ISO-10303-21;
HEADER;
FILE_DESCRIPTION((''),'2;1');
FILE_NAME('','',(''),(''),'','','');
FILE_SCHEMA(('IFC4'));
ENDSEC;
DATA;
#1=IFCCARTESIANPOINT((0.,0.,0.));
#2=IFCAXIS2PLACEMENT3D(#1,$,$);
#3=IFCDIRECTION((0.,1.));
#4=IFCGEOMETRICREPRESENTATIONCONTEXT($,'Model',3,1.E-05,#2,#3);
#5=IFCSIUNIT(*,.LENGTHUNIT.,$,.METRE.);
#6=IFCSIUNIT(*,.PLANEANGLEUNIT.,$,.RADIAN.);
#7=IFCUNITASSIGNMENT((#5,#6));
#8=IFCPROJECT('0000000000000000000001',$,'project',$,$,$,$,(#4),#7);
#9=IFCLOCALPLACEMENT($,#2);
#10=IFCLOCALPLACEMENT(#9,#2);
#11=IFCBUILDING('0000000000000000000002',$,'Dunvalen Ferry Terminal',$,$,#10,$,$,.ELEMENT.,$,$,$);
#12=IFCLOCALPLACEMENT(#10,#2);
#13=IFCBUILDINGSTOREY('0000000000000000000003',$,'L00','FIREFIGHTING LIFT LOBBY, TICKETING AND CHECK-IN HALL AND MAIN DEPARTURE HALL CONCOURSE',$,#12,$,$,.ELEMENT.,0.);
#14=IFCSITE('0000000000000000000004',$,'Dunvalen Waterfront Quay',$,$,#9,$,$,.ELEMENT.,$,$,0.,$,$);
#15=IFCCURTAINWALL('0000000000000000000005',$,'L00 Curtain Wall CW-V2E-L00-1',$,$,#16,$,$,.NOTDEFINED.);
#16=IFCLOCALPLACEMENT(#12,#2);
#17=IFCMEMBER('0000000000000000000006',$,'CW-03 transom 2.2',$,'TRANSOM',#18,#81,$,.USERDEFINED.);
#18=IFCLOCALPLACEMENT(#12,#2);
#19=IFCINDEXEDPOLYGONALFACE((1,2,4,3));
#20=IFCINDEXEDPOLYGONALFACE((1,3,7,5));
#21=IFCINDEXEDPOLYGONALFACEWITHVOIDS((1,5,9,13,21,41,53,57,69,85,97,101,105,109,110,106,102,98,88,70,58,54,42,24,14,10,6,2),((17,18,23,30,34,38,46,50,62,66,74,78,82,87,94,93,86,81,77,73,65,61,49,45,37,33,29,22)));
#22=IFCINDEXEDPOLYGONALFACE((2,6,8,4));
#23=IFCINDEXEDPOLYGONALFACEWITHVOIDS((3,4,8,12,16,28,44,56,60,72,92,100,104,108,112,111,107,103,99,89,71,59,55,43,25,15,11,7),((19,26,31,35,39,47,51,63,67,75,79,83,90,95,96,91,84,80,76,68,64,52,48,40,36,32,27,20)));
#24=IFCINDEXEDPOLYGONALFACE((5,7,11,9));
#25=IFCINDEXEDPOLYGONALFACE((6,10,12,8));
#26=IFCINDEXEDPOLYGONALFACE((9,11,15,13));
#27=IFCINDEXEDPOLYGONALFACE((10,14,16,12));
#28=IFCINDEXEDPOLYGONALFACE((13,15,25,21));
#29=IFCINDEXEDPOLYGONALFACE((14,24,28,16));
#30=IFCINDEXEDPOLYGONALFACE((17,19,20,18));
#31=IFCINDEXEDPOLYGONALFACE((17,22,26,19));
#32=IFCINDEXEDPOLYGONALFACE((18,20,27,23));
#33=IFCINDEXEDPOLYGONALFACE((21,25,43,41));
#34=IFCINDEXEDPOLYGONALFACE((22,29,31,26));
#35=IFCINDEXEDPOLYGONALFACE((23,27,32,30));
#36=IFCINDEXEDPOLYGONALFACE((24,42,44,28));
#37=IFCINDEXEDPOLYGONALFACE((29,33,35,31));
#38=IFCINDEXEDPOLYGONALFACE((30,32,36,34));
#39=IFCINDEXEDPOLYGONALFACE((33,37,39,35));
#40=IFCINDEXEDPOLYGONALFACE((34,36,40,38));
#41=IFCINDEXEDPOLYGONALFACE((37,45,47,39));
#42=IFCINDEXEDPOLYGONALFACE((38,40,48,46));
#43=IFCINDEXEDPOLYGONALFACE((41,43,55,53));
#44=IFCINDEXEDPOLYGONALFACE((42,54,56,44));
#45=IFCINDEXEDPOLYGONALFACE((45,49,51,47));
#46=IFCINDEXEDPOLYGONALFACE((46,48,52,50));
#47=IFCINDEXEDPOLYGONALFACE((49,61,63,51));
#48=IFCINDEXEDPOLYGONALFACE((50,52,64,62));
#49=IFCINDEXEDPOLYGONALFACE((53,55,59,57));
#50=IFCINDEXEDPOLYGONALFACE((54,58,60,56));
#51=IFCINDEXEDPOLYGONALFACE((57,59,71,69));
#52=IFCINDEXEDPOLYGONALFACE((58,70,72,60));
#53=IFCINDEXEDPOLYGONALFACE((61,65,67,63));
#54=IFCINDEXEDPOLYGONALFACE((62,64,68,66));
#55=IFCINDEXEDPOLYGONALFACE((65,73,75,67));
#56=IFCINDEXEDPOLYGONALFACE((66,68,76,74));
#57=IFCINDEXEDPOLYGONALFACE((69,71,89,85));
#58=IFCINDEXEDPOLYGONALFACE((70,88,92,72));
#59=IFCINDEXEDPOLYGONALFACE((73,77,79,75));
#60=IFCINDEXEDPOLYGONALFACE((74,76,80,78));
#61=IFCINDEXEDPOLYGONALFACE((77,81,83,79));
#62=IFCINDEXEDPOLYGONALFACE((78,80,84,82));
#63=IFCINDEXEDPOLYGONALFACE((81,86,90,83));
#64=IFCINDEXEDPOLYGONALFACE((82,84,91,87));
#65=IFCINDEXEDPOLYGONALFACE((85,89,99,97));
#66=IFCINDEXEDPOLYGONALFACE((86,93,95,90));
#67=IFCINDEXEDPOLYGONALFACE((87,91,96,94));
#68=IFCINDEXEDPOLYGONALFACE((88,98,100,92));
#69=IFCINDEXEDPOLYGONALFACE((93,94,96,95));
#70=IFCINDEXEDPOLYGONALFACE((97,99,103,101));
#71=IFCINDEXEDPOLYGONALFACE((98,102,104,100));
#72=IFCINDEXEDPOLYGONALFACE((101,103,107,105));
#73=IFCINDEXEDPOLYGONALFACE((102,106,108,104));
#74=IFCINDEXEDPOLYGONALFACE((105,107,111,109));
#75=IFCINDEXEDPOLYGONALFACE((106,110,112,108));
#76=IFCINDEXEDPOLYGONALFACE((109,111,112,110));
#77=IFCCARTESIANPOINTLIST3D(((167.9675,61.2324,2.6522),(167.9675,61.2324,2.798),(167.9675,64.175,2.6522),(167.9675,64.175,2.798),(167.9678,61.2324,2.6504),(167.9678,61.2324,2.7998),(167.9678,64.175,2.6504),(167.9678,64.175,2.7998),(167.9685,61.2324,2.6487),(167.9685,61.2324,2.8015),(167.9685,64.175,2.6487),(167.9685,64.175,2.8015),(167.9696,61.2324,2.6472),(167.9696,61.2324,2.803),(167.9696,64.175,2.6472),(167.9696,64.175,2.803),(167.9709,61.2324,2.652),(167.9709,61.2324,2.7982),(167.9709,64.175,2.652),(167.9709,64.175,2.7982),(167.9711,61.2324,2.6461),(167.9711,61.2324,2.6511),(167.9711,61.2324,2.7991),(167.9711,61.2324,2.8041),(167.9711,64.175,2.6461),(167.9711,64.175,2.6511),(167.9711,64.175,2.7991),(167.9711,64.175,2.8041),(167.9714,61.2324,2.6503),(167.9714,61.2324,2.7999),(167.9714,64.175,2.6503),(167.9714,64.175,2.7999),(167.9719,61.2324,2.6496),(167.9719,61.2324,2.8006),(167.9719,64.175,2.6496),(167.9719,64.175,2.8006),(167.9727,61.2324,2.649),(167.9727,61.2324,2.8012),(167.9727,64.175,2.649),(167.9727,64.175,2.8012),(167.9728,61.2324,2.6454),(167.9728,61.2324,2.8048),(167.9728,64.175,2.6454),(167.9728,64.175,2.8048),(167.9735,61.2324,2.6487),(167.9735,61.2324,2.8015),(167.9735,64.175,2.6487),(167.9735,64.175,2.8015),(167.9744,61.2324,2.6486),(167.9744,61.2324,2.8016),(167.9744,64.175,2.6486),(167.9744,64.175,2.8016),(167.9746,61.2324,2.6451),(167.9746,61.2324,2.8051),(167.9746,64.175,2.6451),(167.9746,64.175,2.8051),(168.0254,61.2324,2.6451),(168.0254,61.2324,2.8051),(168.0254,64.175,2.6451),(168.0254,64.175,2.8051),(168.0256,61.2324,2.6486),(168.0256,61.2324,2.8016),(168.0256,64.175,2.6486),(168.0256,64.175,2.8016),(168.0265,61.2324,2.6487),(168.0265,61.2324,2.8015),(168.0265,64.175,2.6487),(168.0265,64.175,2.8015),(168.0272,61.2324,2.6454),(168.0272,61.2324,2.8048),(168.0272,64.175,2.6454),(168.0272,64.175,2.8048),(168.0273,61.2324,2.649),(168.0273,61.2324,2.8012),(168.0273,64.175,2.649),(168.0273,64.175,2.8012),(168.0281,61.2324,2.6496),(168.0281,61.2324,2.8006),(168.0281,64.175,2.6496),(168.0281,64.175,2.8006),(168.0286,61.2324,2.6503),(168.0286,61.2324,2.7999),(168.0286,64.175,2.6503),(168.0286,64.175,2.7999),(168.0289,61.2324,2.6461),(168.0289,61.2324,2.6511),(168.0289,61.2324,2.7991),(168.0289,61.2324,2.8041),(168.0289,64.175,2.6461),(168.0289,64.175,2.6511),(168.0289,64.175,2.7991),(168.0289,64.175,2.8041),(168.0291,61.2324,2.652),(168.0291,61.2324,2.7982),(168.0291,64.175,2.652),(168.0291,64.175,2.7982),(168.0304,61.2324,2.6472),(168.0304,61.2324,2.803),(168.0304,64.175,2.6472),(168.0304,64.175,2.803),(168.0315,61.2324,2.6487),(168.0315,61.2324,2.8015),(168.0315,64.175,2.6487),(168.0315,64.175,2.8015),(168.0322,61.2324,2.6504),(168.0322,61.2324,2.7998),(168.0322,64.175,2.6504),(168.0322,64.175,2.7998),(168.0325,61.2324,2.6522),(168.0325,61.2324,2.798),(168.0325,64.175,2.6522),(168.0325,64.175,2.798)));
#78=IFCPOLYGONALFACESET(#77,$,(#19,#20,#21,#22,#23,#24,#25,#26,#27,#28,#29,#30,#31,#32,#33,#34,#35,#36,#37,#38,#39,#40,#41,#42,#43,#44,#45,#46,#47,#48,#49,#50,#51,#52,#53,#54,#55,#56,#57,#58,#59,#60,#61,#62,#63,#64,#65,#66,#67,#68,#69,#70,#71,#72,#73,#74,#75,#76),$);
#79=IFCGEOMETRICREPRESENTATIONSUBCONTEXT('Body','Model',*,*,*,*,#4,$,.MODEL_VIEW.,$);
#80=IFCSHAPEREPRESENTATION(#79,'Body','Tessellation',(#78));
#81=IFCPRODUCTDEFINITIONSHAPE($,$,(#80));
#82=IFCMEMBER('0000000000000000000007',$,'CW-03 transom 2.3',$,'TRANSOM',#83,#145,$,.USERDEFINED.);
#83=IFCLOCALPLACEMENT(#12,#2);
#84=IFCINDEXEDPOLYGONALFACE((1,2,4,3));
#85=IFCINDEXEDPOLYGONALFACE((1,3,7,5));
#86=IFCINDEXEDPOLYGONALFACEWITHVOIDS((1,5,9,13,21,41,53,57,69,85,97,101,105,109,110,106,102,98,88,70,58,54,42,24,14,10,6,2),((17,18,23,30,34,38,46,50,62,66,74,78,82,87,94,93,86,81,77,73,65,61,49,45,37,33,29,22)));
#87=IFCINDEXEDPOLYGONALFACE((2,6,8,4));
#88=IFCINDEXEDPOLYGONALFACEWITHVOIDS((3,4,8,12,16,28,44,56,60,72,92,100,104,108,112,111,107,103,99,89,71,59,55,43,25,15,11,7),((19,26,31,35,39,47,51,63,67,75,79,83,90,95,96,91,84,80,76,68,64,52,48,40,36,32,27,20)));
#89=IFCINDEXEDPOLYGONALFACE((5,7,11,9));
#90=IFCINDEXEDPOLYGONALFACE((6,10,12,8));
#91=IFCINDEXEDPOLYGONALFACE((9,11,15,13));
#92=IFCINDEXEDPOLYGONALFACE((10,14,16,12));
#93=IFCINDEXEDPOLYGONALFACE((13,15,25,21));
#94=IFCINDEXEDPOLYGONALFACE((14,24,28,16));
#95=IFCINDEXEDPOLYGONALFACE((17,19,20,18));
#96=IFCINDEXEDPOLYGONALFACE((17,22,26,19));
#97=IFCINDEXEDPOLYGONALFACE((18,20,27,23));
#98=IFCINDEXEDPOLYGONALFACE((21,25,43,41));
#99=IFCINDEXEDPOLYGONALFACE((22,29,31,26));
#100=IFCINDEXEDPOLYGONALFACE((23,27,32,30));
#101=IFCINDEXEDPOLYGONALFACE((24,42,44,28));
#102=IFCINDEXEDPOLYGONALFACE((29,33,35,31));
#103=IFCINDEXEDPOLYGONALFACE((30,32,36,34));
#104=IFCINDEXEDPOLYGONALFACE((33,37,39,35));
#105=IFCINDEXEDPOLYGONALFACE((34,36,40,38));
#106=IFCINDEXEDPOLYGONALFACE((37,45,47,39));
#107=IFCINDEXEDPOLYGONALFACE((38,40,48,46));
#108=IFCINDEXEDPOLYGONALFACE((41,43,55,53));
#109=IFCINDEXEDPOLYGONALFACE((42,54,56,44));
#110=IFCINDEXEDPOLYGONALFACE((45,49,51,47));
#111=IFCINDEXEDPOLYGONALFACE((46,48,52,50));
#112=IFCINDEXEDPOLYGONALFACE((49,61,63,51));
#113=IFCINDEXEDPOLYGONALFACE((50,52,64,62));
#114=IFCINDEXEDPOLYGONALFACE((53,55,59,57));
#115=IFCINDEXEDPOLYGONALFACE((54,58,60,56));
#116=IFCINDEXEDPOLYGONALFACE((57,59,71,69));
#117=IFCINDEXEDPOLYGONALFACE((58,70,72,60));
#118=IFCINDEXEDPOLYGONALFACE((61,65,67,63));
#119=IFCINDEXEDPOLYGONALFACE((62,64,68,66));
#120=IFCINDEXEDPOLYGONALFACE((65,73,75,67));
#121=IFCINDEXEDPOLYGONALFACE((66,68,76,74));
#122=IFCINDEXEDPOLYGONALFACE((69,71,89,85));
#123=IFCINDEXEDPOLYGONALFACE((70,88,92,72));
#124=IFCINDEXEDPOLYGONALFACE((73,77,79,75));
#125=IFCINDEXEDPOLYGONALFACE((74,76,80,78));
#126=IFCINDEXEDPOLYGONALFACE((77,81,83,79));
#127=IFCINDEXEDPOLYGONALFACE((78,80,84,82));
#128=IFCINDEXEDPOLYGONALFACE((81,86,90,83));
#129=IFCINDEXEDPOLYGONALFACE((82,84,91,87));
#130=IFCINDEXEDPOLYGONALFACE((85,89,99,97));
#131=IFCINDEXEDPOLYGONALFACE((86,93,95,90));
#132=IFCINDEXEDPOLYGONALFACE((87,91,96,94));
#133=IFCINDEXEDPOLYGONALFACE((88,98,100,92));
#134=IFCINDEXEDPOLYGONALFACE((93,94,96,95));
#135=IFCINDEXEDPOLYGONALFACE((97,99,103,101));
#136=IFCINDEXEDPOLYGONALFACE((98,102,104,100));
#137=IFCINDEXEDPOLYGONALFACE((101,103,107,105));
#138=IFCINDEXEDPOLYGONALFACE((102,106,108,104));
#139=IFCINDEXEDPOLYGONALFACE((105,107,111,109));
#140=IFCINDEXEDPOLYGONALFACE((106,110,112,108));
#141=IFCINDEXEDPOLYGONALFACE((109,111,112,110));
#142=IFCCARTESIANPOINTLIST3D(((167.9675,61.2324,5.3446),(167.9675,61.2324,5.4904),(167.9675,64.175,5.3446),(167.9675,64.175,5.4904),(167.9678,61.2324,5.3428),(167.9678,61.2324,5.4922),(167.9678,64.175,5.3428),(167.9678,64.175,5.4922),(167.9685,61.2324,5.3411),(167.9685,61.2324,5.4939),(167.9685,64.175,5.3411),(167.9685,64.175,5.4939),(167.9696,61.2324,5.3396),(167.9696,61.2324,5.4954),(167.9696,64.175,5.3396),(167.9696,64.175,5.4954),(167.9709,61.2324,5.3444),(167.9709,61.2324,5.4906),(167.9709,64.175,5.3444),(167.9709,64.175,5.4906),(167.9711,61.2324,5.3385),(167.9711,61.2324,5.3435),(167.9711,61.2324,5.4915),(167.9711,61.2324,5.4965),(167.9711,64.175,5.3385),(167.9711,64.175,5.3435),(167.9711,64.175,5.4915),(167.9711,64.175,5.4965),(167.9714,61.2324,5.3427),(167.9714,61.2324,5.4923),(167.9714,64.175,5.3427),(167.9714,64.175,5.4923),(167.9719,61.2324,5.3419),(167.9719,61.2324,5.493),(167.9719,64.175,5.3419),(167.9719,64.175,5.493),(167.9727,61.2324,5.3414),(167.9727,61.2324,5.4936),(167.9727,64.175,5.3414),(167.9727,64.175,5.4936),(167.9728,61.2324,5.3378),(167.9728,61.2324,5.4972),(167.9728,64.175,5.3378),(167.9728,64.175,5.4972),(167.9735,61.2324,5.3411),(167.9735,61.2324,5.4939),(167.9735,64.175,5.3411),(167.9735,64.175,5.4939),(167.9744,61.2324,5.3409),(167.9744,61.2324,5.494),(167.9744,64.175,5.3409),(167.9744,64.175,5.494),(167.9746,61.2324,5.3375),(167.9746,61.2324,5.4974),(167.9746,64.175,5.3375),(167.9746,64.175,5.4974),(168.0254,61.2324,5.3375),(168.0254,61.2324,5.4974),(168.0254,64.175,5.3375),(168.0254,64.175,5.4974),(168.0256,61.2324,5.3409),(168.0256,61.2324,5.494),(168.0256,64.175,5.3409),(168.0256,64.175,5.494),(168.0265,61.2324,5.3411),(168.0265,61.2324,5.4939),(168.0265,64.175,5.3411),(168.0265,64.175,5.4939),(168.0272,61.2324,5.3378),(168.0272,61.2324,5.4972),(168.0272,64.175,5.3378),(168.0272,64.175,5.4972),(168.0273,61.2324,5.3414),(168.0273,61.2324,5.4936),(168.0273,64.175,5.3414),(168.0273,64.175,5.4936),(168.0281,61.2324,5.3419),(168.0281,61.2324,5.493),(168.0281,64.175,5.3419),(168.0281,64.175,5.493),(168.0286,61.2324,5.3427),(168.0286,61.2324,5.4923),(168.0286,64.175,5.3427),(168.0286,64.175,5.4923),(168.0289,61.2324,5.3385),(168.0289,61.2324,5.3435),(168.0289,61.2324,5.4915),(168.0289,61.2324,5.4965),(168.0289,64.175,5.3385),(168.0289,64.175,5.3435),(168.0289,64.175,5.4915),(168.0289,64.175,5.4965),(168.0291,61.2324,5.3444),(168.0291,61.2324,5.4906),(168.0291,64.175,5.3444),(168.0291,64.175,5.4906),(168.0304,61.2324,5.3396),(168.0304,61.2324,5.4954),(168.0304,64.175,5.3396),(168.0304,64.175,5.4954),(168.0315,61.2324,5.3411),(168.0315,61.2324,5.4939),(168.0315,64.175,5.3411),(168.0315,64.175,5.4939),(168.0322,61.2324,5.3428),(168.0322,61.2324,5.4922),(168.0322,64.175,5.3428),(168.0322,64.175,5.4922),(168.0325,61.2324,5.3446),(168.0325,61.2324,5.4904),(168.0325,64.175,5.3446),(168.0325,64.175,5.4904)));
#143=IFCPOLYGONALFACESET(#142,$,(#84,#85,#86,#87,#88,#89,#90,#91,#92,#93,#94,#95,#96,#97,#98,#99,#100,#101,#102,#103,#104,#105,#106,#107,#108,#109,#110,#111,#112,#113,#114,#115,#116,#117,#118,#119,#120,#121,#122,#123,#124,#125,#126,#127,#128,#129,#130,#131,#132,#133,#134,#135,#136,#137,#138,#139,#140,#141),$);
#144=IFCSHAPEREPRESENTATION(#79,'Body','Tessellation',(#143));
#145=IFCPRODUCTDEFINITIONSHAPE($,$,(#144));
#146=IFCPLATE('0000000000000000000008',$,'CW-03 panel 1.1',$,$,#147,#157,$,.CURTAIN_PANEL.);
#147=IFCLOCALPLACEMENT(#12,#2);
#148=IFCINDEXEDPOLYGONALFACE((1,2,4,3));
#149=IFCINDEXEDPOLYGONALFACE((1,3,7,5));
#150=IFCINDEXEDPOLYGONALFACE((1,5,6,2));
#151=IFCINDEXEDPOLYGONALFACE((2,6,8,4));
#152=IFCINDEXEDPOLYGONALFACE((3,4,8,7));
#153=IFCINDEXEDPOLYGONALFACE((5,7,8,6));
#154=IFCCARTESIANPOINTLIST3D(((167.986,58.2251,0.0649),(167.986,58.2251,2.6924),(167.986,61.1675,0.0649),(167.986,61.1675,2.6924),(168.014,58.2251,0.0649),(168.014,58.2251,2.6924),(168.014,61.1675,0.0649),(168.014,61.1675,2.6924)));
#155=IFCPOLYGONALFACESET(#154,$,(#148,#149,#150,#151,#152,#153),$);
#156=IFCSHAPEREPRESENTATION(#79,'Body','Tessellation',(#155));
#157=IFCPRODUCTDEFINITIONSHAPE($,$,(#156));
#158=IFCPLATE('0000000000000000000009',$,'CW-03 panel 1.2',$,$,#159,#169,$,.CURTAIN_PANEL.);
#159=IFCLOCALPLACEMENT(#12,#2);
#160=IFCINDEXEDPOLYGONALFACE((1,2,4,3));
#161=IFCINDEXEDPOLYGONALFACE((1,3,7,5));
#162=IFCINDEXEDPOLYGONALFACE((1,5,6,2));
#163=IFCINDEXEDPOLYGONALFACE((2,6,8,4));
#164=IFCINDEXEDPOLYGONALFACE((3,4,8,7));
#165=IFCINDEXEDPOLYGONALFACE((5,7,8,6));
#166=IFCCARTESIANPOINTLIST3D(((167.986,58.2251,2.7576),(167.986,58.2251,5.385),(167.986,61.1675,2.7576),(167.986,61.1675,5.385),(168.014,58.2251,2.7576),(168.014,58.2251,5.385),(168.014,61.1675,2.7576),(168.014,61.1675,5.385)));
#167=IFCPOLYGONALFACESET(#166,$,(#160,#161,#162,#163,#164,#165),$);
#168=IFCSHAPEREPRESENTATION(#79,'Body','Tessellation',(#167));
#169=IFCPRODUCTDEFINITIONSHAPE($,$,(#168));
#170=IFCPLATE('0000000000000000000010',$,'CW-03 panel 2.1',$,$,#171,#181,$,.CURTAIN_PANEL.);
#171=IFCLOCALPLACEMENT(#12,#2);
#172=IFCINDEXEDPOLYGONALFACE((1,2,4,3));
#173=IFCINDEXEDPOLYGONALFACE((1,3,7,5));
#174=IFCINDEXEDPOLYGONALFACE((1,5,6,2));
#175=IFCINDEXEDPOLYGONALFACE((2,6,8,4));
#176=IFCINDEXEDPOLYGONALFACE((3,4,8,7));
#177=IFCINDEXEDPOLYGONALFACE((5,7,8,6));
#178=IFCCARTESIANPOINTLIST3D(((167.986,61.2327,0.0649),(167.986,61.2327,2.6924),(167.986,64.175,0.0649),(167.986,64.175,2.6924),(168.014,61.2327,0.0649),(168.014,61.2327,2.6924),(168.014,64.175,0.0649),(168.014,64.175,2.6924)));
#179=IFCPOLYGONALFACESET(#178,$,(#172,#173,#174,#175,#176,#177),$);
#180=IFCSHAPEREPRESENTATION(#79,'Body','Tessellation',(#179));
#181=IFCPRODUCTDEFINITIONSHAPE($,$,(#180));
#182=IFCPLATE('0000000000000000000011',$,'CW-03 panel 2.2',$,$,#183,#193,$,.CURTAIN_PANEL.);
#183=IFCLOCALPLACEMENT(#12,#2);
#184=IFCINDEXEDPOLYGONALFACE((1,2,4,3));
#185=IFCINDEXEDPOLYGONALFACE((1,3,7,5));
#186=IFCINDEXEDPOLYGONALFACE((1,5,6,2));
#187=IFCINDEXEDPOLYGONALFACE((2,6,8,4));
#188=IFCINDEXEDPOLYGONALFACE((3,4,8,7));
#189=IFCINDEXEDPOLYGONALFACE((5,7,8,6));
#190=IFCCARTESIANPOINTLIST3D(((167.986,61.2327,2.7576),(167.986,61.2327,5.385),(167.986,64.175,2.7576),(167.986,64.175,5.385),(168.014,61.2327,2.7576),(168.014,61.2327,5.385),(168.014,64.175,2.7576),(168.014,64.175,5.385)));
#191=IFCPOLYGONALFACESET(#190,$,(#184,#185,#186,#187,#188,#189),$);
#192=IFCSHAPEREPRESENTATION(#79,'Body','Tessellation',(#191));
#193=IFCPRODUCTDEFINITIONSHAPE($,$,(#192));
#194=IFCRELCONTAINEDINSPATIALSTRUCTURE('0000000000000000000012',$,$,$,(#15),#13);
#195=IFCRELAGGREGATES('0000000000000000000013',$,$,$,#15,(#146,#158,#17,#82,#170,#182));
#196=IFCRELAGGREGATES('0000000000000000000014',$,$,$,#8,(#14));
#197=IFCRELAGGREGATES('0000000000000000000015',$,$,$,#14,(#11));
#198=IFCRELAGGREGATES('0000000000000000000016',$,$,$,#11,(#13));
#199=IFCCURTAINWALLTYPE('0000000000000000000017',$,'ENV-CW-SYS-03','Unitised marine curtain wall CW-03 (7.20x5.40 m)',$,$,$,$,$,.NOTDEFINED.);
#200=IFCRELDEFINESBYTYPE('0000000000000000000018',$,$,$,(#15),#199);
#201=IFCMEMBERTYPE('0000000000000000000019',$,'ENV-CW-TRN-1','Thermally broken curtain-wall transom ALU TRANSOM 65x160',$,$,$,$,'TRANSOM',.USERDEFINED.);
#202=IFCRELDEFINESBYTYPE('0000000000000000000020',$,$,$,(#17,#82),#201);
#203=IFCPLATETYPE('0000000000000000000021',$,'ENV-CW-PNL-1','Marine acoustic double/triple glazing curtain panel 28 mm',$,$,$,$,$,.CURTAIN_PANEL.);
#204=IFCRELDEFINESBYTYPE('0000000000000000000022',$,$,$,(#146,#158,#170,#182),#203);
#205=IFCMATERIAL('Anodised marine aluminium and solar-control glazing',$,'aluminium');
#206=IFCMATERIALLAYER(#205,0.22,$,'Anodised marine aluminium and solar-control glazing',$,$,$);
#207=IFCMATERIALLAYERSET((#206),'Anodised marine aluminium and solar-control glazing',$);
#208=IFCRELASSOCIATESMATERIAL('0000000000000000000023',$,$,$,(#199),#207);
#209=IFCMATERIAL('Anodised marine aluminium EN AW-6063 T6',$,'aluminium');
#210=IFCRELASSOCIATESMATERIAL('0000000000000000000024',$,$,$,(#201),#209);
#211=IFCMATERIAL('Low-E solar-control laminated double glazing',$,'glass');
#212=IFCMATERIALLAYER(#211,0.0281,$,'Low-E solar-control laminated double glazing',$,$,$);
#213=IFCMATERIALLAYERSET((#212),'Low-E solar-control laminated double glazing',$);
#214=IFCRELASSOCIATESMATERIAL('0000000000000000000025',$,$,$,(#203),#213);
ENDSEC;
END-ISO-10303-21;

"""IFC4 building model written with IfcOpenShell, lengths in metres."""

from ifc_helpers import new_model, si_unit, direction, frame, origin, origin_2d, place, context, subcontext, project, spatial, rectangle, hollow_rectangle, extrude, material, layer, layer_set, material_profile, profile_set, type_object, element, aggregate, save


model = new_model("IFC4")

# Units and contexts
model_context = context("Model", 3, precision=1e-05, world=origin(), true_north=direction((0.0, 1.0)))
body_context = subcontext(model_context, "Body", "Model", "MODEL_VIEW")
ifc_project = project(units=[si_unit("LENGTHUNIT", "METRE"), si_unit("PLANEANGLEUNIT", "RADIAN")], contexts=[model_context])

# Site, building, storey
site_placement = place(None, origin())
site = spatial("IfcSite", under=ifc_project, at=site_placement, Name="Dunvalen Waterfront Quay", CompositionType="ELEMENT", RefElevation=0.0)
building_placement = place(site_placement, origin())
building = spatial("IfcBuilding", under=site, at=building_placement, Name="Dunvalen Ferry Terminal", CompositionType="ELEMENT")
storey_placement = place(building_placement, origin())
storey = spatial("IfcBuildingStorey", under=building, at=storey_placement, Name="L00", Description="FIREFIGHTING LIFT LOBBY, TICKETING AND CHECK-IN HALL AND MAIN DEPARTURE HALL CONCOURSE", CompositionType="ELEMENT", Elevation=0.0)

# Curtain wall, members, plates
ifc_material_1 = material(Name="Anodised marine aluminium and solar-control glazing", Category="aluminium")
ifc_layer_1 = layer(ifc_material_1, 0.22, Name="Anodised marine aluminium and solar-control glazing")
ifc_layer_set_1 = layer_set([ifc_layer_1], Name="Anodised marine aluminium and solar-control glazing")
curtain_wall_type = type_object("IfcCurtainWallType", Name="ENV-CW-SYS-03", Description="Unitised marine curtain wall CW-03 (7.20x5.40 m)", PredefinedType="NOTDEFINED", material=ifc_layer_set_1)
curtain_wall_placement = place(storey_placement, origin())
curtain_wall = element("IfcCurtainWall", 1, at=curtain_wall_placement, inside=storey, type_object=curtain_wall_type, Name="L00 Curtain Wall CW-V2E-L00-1", PredefinedType="NOTDEFINED")
ifc_material_2 = material(Name="Anodised marine aluminium EN AW-6063 T6", Category="aluminium")
ifc_material_profile_1 = material_profile(ifc_material_2, hollow_rectangle(XDim=0.0649, YDim=0.1599, WallThickness=0.0034, InnerFilletRadius=0.0034, OuterFilletRadius=0.0071, at=origin_2d()), Name="Anodised marine aluminium EN AW-6063 T6")
ifc_profile_set_1 = profile_set([ifc_material_profile_1], Name="Anodised marine aluminium EN AW-6063 T6")
member_type_1 = type_object("IfcMemberType", Name="ENV-CW-TRN-1", Description="Thermally broken curtain-wall transom ALU TRANSOM 65x160", ElementType="TRANSOM", PredefinedType="USERDEFINED", material=ifc_profile_set_1)
member_1_placement = place(storey_placement, frame((168.0, 61.2324, 2.7251), z_axis=(0.0, 1.0, 0.0), x_axis=(-1.0, 0.0, 0.0)))
member_1 = element("IfcMember", 2, at=member_1_placement, type_object=member_type_1, Name="CW-03 transom 2.2", ObjectType="TRANSOM", PredefinedType="USERDEFINED", context=body_context, shape_type="SweptSolid", body=[
    extrude(hollow_rectangle(XDim=0.0649, YDim=0.1599, WallThickness=0.0034, InnerFilletRadius=0.0034, OuterFilletRadius=0.0071, at=origin_2d()), origin(), (0.0, 0.0, 1.0), 2.9426),
])
member_2_placement = place(storey_placement, frame((168.0, 61.2324, 5.4175), z_axis=(0.0, 1.0, 0.0), x_axis=(-1.0, 0.0, 0.0)))
member_2 = element("IfcMember", 3, at=member_2_placement, type_object=member_type_1, Name="CW-03 transom 2.3", ObjectType="TRANSOM", PredefinedType="USERDEFINED", context=body_context, shape_type="SweptSolid", body=[
    extrude(hollow_rectangle(XDim=0.0649, YDim=0.1599, WallThickness=0.0034, InnerFilletRadius=0.0034, OuterFilletRadius=0.0071, at=origin_2d()), origin(), (0.0, 0.0, 1.0), 2.9426),
])
ifc_material_3 = material(Name="Low-E solar-control laminated double glazing", Category="glass")
ifc_layer_2 = layer(ifc_material_3, 0.0281, Name="Low-E solar-control laminated double glazing")
ifc_layer_set_2 = layer_set([ifc_layer_2], Name="Low-E solar-control laminated double glazing")
plate_type = type_object("IfcPlateType", Name="ENV-CW-PNL-1", Description="Marine acoustic double/triple glazing curtain panel 28 mm", PredefinedType="CURTAIN_PANEL", material=ifc_layer_set_2)
plate_1_placement = place(storey_placement, frame((168.0, 59.6963, 0.0649), z_axis=(0.0, 0.0, 1.0), x_axis=(0.0, 1.0, 0.0)))
plate_1 = element("IfcPlate", 4, at=plate_1_placement, type_object=plate_type, Name="CW-03 panel 1.1", PredefinedType="CURTAIN_PANEL", context=body_context, shape_type="SweptSolid", body=[
    extrude(rectangle(XDim=2.9424, YDim=0.0281, at=origin_2d()), origin(), (0.0, 0.0, 1.0), 2.6274),
])
plate_2_placement = place(storey_placement, frame((168.0, 59.6963, 2.7576), z_axis=(0.0, 0.0, 1.0), x_axis=(0.0, 1.0, 0.0)))
plate_2 = element("IfcPlate", 5, at=plate_2_placement, type_object=plate_type, Name="CW-03 panel 1.2", PredefinedType="CURTAIN_PANEL", context=body_context, shape_type="SweptSolid", body=[
    extrude(rectangle(XDim=2.9424, YDim=0.0281, at=origin_2d()), origin(), (0.0, 0.0, 1.0), 2.6274),
])
plate_3_placement = place(storey_placement, frame((168.0, 62.7039, 0.0649), z_axis=(0.0, 0.0, 1.0), x_axis=(0.0, 1.0, 0.0)))
plate_3 = element("IfcPlate", 6, at=plate_3_placement, type_object=plate_type, Name="CW-03 panel 2.1", PredefinedType="CURTAIN_PANEL", context=body_context, shape_type="SweptSolid", body=[
    extrude(rectangle(XDim=2.9424, YDim=0.0281, at=origin_2d()), origin(), (0.0, 0.0, 1.0), 2.6274),
])
plate_4_placement = place(storey_placement, frame((168.0, 62.7039, 2.7576), z_axis=(0.0, 0.0, 1.0), x_axis=(0.0, 1.0, 0.0)))
plate_4 = element("IfcPlate", 7, at=plate_4_placement, type_object=plate_type, Name="CW-03 panel 2.2", PredefinedType="CURTAIN_PANEL", context=body_context, shape_type="SweptSolid", body=[
    extrude(rectangle(XDim=2.9424, YDim=0.0281, at=origin_2d()), origin(), (0.0, 0.0, 1.0), 2.6274),
])
aggregate(curtain_wall, [plate_1, plate_2, member_1, member_2, plate_3, plate_4])

save(model, "model.ifc")
